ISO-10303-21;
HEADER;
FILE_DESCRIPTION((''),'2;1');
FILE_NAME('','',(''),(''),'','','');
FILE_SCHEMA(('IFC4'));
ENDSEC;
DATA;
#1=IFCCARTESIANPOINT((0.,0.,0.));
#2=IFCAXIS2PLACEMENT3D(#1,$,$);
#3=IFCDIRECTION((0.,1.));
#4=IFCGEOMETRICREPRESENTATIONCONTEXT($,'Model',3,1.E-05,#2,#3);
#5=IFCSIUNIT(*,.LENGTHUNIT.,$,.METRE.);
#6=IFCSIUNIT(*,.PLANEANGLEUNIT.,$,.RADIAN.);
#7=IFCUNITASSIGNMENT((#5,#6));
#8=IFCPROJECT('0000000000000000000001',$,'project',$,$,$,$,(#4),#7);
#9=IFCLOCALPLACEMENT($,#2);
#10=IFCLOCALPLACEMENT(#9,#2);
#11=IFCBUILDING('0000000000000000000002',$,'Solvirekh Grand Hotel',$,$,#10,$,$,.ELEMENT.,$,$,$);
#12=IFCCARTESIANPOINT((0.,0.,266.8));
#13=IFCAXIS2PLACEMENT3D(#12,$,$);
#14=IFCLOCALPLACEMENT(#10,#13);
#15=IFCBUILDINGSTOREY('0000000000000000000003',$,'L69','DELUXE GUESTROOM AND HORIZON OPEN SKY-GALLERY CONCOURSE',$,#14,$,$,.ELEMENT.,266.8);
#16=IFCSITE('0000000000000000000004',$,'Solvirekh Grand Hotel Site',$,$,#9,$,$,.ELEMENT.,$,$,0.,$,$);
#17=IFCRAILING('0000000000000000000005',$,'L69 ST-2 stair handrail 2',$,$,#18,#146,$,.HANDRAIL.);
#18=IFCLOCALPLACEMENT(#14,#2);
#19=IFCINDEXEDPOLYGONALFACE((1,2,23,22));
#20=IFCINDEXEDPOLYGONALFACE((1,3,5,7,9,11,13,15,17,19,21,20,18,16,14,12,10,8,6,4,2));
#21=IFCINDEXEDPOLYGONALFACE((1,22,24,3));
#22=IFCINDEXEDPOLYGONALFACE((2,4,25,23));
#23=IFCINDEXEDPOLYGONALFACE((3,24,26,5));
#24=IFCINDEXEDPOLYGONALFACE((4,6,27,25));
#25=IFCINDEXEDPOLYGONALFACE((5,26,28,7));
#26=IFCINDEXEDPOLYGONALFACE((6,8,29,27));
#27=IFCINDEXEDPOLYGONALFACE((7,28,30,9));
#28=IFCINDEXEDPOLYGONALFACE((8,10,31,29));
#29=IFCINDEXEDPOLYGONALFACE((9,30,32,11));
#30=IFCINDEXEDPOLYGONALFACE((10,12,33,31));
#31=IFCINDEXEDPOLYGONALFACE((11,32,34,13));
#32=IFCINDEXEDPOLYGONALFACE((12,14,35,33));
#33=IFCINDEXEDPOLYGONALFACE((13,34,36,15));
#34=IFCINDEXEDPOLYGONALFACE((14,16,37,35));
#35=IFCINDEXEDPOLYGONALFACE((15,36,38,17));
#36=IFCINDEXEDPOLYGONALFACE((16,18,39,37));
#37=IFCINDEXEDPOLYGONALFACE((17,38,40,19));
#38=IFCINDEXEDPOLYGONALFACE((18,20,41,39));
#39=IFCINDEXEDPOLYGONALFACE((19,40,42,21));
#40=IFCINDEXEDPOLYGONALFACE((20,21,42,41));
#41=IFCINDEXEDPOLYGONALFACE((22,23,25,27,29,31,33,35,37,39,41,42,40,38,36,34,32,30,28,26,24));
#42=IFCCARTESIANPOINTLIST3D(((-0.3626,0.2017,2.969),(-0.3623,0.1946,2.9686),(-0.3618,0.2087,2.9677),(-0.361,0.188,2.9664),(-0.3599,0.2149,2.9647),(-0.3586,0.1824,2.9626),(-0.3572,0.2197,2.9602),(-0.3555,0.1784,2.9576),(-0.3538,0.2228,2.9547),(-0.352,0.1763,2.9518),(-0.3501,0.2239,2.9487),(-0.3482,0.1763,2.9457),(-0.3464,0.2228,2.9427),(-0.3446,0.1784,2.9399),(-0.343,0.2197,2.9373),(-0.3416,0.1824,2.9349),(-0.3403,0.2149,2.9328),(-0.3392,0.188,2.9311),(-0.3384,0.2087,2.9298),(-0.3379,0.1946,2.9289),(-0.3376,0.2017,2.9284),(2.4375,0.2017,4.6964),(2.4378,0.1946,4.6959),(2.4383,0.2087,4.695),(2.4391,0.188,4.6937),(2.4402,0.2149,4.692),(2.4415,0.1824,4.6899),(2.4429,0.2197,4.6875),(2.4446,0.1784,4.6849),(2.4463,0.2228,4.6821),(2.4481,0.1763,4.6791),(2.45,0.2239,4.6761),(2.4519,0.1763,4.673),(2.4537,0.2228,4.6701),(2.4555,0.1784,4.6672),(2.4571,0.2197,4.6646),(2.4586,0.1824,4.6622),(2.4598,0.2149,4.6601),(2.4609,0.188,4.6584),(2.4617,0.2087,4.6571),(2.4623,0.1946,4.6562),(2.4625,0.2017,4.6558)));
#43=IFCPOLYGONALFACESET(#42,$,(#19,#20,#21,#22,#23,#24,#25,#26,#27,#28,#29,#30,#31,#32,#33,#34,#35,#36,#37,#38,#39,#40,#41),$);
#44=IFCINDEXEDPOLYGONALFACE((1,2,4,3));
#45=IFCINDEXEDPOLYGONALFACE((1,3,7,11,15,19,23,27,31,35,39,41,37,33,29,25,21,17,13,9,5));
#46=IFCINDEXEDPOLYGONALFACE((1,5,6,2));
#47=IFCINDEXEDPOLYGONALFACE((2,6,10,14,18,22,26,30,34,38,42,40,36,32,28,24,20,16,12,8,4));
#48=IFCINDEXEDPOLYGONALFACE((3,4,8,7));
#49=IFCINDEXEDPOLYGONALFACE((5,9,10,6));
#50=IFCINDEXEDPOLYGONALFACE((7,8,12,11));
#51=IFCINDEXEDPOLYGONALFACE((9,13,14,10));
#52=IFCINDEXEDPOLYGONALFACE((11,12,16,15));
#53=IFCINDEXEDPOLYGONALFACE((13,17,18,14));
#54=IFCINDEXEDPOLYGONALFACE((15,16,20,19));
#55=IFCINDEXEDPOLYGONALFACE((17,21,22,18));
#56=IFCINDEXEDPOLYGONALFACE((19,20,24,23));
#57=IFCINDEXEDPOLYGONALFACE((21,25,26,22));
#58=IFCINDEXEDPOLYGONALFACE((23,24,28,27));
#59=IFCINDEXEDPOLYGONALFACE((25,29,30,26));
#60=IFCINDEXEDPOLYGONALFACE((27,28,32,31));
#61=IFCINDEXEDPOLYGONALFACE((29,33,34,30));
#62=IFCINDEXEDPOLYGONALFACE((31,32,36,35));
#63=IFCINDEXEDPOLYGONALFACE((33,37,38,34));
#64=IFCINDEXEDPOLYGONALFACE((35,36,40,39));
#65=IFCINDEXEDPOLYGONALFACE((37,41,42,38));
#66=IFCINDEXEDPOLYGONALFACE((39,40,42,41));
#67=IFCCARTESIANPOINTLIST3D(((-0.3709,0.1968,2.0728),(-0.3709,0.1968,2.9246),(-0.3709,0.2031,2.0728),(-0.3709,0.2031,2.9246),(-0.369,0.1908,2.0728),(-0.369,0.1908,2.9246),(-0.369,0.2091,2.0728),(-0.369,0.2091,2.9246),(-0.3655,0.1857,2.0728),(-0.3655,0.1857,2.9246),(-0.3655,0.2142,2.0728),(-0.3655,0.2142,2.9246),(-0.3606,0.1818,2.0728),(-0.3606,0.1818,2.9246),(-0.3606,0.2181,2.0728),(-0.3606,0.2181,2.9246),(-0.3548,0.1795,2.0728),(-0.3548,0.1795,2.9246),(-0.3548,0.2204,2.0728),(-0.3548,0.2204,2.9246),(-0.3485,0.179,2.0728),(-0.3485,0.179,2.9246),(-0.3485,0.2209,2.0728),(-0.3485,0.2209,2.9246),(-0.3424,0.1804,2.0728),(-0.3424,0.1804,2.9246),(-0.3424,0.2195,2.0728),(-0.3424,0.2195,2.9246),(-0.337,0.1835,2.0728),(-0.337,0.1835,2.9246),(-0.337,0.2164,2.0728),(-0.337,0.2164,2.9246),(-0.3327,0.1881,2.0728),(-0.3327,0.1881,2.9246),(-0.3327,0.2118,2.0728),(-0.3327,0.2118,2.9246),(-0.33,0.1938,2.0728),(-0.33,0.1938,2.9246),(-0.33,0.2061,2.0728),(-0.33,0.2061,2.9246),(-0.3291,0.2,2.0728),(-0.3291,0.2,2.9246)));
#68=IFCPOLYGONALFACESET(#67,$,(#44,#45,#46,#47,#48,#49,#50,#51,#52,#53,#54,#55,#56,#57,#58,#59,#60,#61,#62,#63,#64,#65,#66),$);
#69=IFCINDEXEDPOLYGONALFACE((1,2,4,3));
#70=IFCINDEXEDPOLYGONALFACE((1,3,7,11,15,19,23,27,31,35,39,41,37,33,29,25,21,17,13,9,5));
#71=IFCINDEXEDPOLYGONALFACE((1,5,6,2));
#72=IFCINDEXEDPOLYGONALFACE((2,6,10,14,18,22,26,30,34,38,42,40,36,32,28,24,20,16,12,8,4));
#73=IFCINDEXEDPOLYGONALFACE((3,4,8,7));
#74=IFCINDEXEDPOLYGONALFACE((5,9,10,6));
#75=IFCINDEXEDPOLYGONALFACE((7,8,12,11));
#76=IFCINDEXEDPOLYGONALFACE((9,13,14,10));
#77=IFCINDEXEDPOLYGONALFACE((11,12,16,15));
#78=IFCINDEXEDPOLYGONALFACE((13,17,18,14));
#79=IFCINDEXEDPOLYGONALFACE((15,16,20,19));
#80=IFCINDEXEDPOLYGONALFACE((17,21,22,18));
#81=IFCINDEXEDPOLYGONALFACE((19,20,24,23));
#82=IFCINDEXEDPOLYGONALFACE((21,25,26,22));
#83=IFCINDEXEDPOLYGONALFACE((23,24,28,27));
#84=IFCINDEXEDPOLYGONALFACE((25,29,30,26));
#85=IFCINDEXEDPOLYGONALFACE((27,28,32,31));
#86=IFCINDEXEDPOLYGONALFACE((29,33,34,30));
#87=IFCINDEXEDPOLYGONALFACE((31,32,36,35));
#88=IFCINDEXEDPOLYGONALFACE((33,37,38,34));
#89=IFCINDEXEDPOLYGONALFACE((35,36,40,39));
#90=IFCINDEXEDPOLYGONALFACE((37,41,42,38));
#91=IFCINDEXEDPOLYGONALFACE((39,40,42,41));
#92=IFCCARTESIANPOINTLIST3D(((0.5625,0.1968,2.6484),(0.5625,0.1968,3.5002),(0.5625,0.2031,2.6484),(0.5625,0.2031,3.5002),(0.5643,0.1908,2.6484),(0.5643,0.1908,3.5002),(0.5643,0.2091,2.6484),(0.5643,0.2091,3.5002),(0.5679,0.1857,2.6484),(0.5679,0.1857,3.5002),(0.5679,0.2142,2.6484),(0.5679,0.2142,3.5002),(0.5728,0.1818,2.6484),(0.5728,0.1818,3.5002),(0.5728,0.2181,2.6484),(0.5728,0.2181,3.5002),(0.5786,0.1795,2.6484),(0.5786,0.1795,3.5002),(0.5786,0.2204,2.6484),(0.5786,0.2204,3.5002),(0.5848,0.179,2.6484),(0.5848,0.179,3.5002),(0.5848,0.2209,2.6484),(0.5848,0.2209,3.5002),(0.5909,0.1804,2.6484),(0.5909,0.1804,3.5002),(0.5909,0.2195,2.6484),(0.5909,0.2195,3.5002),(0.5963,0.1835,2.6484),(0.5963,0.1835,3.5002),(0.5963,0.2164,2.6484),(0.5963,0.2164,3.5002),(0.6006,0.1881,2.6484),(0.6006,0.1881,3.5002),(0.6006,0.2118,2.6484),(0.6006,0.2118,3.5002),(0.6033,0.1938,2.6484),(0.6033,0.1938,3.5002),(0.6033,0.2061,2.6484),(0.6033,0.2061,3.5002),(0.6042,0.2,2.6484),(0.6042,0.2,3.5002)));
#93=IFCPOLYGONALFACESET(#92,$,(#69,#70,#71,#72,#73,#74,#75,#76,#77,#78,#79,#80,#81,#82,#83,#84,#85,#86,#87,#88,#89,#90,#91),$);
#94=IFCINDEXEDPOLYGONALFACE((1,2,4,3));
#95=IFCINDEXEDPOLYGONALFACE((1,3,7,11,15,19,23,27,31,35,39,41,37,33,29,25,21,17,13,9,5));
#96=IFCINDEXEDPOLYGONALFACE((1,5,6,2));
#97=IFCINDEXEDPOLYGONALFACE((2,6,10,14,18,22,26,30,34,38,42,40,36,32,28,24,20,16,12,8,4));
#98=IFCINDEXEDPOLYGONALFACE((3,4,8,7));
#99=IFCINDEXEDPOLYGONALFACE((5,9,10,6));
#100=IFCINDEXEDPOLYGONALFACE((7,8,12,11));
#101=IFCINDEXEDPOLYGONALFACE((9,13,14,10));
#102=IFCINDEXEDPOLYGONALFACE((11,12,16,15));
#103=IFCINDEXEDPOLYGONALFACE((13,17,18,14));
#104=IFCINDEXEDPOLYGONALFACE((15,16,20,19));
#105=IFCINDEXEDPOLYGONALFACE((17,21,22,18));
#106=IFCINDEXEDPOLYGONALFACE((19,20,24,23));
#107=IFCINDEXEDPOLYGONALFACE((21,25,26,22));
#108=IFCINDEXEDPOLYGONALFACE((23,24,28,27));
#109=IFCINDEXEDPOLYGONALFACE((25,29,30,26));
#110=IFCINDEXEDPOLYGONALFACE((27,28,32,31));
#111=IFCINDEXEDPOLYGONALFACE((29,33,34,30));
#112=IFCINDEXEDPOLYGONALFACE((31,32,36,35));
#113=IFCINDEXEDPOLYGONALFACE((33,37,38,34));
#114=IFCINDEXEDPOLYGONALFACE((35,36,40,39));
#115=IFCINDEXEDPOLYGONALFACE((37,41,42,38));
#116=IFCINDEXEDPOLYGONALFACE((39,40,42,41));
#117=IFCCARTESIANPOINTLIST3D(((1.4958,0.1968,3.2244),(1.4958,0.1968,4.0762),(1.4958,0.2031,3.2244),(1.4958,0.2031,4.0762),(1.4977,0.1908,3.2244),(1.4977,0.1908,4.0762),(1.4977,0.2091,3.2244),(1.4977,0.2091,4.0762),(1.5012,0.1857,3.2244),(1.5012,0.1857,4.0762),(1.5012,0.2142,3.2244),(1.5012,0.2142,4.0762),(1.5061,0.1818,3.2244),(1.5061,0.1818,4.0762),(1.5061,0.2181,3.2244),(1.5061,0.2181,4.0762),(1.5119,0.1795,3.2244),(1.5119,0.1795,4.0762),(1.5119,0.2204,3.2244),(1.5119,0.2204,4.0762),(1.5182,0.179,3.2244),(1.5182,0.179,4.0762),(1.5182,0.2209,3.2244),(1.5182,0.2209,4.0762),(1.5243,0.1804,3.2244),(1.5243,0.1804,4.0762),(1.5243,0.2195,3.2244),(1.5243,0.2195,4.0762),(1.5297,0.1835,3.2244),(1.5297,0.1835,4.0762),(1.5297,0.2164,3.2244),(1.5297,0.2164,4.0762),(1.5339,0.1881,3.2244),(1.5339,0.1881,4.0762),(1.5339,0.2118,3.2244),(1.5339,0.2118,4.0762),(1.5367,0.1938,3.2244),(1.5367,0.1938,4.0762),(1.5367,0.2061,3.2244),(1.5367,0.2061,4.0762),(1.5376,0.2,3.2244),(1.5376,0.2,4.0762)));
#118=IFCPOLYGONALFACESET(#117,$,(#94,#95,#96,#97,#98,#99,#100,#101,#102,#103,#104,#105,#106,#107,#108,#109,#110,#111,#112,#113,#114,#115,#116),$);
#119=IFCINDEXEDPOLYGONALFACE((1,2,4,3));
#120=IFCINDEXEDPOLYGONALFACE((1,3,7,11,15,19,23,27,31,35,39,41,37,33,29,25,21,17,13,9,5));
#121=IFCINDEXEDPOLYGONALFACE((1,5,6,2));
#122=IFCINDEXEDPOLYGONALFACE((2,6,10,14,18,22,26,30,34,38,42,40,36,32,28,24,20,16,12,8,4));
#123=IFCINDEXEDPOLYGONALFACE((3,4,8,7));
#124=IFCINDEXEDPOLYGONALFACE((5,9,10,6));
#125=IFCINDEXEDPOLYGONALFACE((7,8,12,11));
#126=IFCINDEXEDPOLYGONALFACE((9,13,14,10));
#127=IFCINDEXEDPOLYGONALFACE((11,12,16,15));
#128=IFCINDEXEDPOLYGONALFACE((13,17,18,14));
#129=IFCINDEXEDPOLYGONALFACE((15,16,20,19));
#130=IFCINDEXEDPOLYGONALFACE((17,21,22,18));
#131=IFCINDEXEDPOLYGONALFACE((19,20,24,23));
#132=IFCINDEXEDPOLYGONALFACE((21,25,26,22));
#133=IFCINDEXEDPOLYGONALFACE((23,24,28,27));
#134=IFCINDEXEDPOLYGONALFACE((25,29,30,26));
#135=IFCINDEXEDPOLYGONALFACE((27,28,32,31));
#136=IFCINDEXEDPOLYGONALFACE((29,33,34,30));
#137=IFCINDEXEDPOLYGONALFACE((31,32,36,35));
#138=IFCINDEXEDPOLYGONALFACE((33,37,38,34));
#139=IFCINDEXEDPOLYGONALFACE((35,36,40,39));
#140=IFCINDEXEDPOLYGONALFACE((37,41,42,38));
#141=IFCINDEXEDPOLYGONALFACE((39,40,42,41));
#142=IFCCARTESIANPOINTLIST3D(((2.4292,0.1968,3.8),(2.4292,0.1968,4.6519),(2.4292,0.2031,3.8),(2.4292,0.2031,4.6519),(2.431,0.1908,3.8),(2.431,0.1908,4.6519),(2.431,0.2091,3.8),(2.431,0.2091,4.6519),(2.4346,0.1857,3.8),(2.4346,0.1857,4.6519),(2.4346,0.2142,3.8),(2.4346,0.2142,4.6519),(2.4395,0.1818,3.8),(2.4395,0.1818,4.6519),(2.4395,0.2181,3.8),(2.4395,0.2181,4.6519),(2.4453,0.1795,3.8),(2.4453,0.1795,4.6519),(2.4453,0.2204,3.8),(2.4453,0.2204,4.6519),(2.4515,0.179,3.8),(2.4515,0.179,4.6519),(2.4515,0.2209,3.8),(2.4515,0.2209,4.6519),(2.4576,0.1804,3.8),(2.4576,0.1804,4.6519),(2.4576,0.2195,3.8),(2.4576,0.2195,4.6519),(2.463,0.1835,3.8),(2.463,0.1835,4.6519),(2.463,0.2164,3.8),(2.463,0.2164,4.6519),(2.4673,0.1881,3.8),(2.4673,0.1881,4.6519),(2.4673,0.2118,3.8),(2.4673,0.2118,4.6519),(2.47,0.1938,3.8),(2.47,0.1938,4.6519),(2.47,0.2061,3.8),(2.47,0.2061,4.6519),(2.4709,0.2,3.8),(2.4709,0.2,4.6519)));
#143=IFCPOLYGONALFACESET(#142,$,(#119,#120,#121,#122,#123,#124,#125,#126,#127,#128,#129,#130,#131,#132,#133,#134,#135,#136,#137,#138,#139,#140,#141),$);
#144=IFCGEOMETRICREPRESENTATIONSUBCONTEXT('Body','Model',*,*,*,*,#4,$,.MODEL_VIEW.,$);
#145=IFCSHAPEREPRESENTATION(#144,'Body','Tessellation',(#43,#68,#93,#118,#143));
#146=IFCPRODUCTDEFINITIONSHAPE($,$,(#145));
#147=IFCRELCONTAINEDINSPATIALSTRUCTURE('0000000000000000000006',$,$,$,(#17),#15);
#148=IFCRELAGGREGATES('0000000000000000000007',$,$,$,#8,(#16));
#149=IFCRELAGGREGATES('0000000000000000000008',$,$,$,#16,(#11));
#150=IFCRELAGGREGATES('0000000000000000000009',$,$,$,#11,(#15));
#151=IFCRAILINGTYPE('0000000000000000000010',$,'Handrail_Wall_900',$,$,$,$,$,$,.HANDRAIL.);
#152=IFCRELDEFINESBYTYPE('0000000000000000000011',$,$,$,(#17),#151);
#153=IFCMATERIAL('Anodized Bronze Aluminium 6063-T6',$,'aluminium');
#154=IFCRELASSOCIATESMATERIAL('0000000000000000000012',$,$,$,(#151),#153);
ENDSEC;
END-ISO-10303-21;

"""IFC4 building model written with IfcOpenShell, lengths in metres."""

from ifc_helpers import new_model, si_unit, direction, frame, origin, origin_2d, place, context, subcontext, project, spatial, circle, extrude, material, type_object, element, save


model = new_model("IFC4")

# Units and contexts
model_context = context("Model", 3, precision=1e-05, world=origin(), true_north=direction((0.0, 1.0)))
body_context = subcontext(model_context, "Body", "Model", "MODEL_VIEW")
ifc_project = project(units=[si_unit("LENGTHUNIT", "METRE"), si_unit("PLANEANGLEUNIT", "RADIAN")], contexts=[model_context])

# Site, building, storey
site_placement = place(None, origin())
site = spatial("IfcSite", under=ifc_project, at=site_placement, Name="Solvirekh Grand Hotel Site", CompositionType="ELEMENT", RefElevation=0.0)
building_placement = place(site_placement, origin())
building = spatial("IfcBuilding", under=site, at=building_placement, Name="Solvirekh Grand Hotel", CompositionType="ELEMENT")
storey_placement = place(building_placement, frame((0.0, 0.0, 266.8)))
storey = spatial("IfcBuildingStorey", under=building, at=storey_placement, Name="L69", Description="DELUXE GUESTROOM AND HORIZON OPEN SKY-GALLERY CONCOURSE", CompositionType="ELEMENT", Elevation=266.8)

# Railing
ifc_material_1 = material(Name="Anodized Bronze Aluminium 6063-T6", Category="aluminium")
railing_type_1 = type_object("IfcRailingType", Name="Handrail_Wall_900", PredefinedType="HANDRAIL", material=ifc_material_1)
for number, where, name in (
    (1, (-0.3501, 0.2, 2.0728), "L69 ST-2 stair handrail 2"),
):
    element("IfcRailing", number, at=place(storey_placement, frame(where)), inside=storey, type_object=railing_type_1, Name=name, PredefinedType="HANDRAIL", context=body_context, shape_type="SweptSolid", body=[
        extrude(circle(Radius=0.0239, at=origin_2d()), frame((0.0, 0.0, 0.876), z_axis=(0.85109, 0.0, 0.52502), x_axis=(0.0, 1.0, 0.0)), (0.0, 0.0, 1.0), 3.29),
        extrude(circle(Radius=0.021, at=origin_2d()), origin(), (0.0, 0.0, 1.0), 0.8518),
        extrude(circle(Radius=0.021, at=origin_2d()), frame((0.9333, 0.0, 0.5757)), (0.0, 0.0, 1.0), 0.8518),
        extrude(circle(Radius=0.021, at=origin_2d()), frame((1.8667, 0.0, 1.1516)), (0.0, 0.0, 1.0), 0.8518),
        extrude(circle(Radius=0.021, at=origin_2d()), frame((2.8, 0.0, 1.7273)), (0.0, 0.0, 1.0), 0.8518),
    ])

save(model, "model.ifc")
